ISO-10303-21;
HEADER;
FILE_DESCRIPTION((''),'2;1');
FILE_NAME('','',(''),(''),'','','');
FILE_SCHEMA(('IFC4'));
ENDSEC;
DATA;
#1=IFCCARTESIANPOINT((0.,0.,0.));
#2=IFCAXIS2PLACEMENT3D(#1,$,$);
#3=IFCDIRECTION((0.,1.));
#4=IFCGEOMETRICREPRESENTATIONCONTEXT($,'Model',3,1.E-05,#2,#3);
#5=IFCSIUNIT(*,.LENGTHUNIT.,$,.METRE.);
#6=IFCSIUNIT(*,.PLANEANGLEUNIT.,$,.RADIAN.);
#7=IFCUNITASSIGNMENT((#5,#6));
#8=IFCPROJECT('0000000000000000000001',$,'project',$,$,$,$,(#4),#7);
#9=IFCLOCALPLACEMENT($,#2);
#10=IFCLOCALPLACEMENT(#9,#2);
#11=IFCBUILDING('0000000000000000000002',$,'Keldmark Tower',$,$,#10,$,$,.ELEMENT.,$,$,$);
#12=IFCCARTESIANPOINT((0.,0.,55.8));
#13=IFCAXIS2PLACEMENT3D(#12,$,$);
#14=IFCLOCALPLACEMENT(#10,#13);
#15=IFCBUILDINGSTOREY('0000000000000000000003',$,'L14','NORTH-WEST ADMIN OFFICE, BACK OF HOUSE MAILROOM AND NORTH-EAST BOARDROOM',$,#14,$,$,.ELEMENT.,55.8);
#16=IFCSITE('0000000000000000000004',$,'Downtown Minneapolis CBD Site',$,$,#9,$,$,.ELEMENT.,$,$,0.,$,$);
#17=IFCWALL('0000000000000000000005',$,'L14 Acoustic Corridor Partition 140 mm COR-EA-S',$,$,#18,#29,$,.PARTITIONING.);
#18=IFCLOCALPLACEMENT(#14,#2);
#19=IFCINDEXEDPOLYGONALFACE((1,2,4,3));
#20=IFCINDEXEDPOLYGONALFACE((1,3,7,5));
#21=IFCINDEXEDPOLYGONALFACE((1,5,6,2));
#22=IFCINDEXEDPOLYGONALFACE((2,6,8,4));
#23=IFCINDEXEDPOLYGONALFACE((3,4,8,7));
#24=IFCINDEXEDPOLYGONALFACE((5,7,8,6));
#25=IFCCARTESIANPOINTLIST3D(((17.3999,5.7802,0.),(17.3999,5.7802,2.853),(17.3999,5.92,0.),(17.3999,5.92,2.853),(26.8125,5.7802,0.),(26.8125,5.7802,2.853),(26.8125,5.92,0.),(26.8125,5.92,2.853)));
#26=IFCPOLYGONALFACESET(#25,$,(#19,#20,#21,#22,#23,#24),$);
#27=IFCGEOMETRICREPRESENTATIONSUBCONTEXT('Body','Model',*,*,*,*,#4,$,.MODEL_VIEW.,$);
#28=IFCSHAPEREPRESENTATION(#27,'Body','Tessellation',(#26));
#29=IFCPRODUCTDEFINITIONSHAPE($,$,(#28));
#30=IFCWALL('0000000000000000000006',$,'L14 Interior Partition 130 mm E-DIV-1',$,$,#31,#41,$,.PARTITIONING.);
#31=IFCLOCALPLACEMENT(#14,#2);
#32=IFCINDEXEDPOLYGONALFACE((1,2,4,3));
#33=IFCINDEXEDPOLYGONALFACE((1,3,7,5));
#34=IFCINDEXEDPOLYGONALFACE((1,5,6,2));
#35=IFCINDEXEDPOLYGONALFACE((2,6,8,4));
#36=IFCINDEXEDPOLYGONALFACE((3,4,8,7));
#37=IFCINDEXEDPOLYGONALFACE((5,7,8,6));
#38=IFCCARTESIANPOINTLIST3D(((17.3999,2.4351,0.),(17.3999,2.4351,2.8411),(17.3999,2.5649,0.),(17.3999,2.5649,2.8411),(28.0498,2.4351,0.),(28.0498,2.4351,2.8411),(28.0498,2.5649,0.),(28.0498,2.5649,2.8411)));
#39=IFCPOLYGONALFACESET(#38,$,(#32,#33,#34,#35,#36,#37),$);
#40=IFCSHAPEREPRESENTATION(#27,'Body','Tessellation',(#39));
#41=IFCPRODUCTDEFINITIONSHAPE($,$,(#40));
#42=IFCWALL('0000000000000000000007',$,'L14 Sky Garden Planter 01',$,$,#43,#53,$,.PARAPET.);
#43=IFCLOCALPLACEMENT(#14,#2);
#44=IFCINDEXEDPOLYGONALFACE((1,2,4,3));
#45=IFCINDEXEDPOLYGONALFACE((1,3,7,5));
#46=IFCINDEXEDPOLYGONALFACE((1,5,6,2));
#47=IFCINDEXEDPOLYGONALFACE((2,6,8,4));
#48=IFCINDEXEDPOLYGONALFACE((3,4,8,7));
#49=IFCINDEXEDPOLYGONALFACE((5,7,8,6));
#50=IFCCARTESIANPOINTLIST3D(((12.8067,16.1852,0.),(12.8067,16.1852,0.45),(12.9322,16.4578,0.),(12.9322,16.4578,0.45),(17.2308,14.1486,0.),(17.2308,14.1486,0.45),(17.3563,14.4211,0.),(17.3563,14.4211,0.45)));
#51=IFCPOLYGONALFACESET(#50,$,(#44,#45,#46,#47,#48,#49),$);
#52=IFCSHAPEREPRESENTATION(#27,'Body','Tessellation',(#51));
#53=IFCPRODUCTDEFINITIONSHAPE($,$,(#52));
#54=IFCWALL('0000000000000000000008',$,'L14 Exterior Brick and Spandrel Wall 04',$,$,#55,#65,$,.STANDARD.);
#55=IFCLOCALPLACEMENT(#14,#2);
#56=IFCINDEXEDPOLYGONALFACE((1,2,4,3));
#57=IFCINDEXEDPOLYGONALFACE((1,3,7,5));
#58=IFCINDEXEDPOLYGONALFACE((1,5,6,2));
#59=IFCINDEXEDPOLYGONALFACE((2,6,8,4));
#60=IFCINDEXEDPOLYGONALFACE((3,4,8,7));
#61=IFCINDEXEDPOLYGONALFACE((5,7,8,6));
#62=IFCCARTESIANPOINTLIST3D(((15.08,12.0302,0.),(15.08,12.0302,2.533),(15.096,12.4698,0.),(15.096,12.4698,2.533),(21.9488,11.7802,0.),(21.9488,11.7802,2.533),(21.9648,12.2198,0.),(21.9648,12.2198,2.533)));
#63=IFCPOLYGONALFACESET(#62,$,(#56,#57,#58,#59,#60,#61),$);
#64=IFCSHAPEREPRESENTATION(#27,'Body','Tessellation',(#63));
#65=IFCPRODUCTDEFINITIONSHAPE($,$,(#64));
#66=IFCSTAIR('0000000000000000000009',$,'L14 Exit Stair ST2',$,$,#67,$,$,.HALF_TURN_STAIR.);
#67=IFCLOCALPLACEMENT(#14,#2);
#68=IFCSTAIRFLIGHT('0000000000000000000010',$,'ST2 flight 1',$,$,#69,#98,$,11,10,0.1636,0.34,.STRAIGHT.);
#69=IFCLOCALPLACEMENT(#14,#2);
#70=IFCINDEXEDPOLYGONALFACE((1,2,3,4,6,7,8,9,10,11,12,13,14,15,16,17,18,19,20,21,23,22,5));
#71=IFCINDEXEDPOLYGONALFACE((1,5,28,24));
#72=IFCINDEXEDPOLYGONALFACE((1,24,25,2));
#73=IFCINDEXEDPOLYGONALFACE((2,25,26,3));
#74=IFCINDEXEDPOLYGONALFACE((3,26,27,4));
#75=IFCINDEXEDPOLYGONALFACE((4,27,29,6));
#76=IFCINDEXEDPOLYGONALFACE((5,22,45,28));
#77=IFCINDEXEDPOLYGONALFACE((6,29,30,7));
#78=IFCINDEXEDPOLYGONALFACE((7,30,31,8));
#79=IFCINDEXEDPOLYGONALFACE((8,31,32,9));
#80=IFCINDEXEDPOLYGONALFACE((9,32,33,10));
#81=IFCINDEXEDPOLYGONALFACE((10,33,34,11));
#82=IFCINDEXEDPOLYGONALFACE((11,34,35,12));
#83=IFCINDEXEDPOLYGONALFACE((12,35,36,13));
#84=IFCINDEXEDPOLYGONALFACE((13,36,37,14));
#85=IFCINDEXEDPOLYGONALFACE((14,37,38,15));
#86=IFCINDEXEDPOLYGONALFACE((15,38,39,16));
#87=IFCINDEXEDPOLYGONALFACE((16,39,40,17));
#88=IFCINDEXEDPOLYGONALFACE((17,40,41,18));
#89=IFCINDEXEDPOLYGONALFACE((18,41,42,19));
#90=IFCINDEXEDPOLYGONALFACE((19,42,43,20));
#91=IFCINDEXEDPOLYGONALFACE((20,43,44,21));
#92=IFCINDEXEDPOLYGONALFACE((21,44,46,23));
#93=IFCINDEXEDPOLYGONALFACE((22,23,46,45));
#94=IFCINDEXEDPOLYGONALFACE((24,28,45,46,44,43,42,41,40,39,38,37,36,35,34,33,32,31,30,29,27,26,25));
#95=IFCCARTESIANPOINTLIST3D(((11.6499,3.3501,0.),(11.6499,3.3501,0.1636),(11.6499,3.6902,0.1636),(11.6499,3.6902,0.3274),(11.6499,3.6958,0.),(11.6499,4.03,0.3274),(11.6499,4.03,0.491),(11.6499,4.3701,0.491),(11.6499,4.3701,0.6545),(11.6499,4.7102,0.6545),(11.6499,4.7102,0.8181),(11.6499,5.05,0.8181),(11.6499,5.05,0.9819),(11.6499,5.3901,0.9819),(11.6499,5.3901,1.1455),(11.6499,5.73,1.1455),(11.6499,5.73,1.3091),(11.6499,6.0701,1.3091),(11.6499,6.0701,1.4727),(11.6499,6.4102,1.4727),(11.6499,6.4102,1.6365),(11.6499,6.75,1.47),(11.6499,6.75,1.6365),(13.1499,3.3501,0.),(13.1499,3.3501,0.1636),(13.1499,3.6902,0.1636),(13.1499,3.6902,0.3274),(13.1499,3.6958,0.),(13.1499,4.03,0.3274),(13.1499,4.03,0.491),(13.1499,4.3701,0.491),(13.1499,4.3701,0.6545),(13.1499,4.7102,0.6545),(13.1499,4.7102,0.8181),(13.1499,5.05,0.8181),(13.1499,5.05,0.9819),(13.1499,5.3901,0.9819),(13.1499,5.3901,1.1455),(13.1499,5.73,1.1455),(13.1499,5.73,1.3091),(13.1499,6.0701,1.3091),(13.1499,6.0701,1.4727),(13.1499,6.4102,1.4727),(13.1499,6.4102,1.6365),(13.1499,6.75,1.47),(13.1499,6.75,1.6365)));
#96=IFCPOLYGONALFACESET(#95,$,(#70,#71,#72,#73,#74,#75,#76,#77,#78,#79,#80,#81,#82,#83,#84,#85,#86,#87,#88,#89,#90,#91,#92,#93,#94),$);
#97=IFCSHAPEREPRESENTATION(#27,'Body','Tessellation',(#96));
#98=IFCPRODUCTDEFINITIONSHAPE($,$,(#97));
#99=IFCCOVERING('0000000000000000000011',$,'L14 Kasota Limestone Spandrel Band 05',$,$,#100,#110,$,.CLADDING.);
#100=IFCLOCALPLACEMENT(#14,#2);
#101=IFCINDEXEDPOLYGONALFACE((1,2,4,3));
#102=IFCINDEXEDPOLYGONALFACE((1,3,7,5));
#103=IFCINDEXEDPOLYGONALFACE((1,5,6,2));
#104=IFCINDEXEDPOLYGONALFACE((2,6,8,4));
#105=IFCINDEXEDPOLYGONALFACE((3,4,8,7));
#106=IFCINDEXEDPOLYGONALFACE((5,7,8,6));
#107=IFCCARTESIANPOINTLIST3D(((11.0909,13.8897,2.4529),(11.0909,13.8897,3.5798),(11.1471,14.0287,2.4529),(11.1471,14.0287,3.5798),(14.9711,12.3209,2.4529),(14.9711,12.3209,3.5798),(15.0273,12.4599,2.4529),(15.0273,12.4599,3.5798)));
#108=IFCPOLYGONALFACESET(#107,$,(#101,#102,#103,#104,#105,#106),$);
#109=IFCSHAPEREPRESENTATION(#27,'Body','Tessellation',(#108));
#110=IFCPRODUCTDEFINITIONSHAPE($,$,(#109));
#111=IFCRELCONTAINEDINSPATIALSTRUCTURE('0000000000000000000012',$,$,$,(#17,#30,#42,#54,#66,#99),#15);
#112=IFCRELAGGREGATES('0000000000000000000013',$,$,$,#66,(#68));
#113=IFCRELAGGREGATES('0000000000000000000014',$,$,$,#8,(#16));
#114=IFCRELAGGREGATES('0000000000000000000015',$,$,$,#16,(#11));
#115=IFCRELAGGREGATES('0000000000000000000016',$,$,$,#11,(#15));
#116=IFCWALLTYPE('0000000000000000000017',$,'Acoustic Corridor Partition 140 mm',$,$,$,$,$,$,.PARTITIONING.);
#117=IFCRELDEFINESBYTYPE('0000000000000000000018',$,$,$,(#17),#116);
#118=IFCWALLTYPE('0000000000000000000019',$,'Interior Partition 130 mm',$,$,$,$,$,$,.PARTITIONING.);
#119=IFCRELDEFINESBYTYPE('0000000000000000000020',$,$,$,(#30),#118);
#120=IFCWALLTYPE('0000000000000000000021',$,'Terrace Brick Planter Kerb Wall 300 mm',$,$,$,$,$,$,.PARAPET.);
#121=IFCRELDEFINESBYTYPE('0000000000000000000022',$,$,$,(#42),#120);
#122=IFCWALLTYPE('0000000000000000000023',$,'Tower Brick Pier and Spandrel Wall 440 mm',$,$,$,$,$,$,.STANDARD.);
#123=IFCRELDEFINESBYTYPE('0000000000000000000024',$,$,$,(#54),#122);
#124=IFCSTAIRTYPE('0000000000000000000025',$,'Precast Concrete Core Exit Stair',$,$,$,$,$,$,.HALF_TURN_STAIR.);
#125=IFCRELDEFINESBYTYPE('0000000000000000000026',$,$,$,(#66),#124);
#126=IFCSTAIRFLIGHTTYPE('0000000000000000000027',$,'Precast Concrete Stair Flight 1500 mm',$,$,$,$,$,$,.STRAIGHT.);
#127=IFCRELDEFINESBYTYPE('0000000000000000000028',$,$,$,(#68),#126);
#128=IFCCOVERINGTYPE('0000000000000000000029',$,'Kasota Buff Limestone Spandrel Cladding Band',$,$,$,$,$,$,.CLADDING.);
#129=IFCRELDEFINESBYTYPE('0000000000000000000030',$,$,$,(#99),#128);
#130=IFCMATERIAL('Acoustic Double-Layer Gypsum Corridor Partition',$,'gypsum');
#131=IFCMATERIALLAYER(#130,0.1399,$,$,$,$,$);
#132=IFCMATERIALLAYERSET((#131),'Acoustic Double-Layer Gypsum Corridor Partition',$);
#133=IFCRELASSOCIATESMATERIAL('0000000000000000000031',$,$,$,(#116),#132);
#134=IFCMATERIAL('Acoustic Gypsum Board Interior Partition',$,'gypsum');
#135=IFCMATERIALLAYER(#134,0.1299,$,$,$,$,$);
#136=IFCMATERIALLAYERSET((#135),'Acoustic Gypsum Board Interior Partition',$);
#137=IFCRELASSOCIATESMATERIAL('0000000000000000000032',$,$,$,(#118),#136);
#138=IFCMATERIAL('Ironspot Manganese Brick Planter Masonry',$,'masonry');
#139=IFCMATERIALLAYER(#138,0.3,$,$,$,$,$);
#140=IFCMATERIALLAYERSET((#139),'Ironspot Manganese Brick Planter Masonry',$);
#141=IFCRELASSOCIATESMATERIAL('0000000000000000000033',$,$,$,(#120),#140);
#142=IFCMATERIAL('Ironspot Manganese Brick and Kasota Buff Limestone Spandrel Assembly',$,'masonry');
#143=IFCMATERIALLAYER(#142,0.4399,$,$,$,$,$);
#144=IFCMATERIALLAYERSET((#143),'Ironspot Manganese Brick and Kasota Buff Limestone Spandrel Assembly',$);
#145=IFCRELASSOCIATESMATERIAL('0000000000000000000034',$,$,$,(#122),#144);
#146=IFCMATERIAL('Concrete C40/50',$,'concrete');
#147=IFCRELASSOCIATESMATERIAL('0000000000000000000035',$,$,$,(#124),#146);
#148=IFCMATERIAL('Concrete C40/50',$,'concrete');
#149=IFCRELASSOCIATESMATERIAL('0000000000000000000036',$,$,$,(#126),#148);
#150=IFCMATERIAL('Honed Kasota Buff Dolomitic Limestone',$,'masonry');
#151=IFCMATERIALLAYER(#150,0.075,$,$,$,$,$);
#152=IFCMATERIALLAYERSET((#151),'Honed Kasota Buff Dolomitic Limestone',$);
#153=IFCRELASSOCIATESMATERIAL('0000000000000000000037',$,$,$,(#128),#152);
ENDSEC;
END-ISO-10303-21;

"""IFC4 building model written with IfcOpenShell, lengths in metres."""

from ifc_helpers import new_model, si_unit, direction, frame, frame_2d, origin, origin_2d, place, context, subcontext, project, spatial, polyline, rectangle, outline, extrude, material, layer, layer_set, type_object, element, aggregate, save


model = new_model("IFC4")

# Units and contexts
model_context = context("Model", 3, precision=1e-05, world=origin(), true_north=direction((0.0, 1.0)))
body_context = subcontext(model_context, "Body", "Model", "MODEL_VIEW")
ifc_project = project(units=[si_unit("LENGTHUNIT", "METRE"), si_unit("PLANEANGLEUNIT", "RADIAN")], contexts=[model_context])

# Site, building, storey
site_placement = place(None, origin())
site = spatial("IfcSite", under=ifc_project, at=site_placement, Name="Downtown Minneapolis CBD Site", CompositionType="ELEMENT", RefElevation=0.0)
building_placement = place(site_placement, origin())
building = spatial("IfcBuilding", under=site, at=building_placement, Name="Keldmark Tower", CompositionType="ELEMENT")
storey_placement = place(building_placement, frame((0.0, 0.0, 55.8)))
storey = spatial("IfcBuildingStorey", under=building, at=storey_placement, Name="L14", Description="NORTH-WEST ADMIN OFFICE, BACK OF HOUSE MAILROOM AND NORTH-EAST BOARDROOM", CompositionType="ELEMENT", Elevation=55.8)

# Shared definitions
ifc_material_1 = material(Name="Acoustic Double-Layer Gypsum Corridor Partition", Category="gypsum")
ifc_layer_1 = layer(ifc_material_1, 0.1399)
ifc_layer_set_1 = layer_set([ifc_layer_1], Name="Acoustic Double-Layer Gypsum Corridor Partition")
wall_type_1 = type_object("IfcWallType", Name="Acoustic Corridor Partition 140 mm", PredefinedType="PARTITIONING", material=ifc_layer_set_1)

# Walls
wall_1_placement = place(storey_placement, frame((17.3999, 5.8501, 0.0), z_axis=(0.0, 0.0, 1.0), x_axis=(1.0, 0.0, 0.0)))
element("IfcWall", 1, at=wall_1_placement, inside=storey, type_object=wall_type_1, Name="L14 Acoustic Corridor Partition 140 mm COR-EA-S", PredefinedType="PARTITIONING", context=body_context, shape_type="SweptSolid", body=[
    extrude(rectangle(XDim=9.4126, YDim=0.1399, at=frame_2d((4.7063, 0.0))), origin(), (0.0, 0.0, 1.0), 2.853),
])
ifc_material_2 = material(Name="Acoustic Gypsum Board Interior Partition", Category="gypsum")
ifc_layer_2 = layer(ifc_material_2, 0.1299)
ifc_layer_set_2 = layer_set([ifc_layer_2], Name="Acoustic Gypsum Board Interior Partition")
wall_type_2 = type_object("IfcWallType", Name="Interior Partition 130 mm", PredefinedType="PARTITIONING", material=ifc_layer_set_2)
wall_2_placement = place(storey_placement, frame((17.3999, 2.5, 0.0), z_axis=(0.0, 0.0, 1.0), x_axis=(1.0, 0.0, 0.0)))
element("IfcWall", 2, at=wall_2_placement, inside=storey, type_object=wall_type_2, Name="L14 Interior Partition 130 mm E-DIV-1", PredefinedType="PARTITIONING", context=body_context, shape_type="SweptSolid", body=[
    extrude(rectangle(XDim=10.6499, YDim=0.1299, at=frame_2d((5.325, 0.0))), origin(), (0.0, 0.0, 1.0), 2.8411),
])
ifc_material_3 = material(Name="Ironspot Manganese Brick Planter Masonry", Category="masonry")
ifc_layer_3 = layer(ifc_material_3, 0.3)
ifc_layer_set_3 = layer_set([ifc_layer_3], Name="Ironspot Manganese Brick Planter Masonry")
wall_type_3 = type_object("IfcWallType", Name="Terrace Brick Planter Kerb Wall 300 mm", PredefinedType="PARAPET", material=ifc_layer_set_3)
wall_3_placement = place(storey_placement, frame((17.2935, 14.2849, 0.0), z_axis=(0.0, 0.0, 1.0), x_axis=(-0.90837, 0.418168, 0.0)))
element("IfcWall", 3, at=wall_3_placement, inside=storey, type_object=wall_type_3, Name="L14 Sky Garden Planter 01", PredefinedType="PARAPET", context=body_context, shape_type="SweptSolid", body=[
    extrude(rectangle(XDim=4.8704, YDim=0.3, at=frame_2d((2.4351, 0.0))), origin(), (0.0, 0.0, 1.0), 0.45),
])
ifc_material_4 = material(Name="Ironspot Manganese Brick and Kasota Buff Limestone Spandrel Assembly", Category="masonry")
ifc_layer_4 = layer(ifc_material_4, 0.4399)
ifc_layer_set_4 = layer_set([ifc_layer_4], Name="Ironspot Manganese Brick and Kasota Buff Limestone Spandrel Assembly")
wall_type_4 = type_object("IfcWallType", Name="Tower Brick Pier and Spandrel Wall 440 mm", PredefinedType="STANDARD", material=ifc_layer_set_4)
wall_4_placement = place(storey_placement, frame((15.0881, 12.25, 0.0), z_axis=(0.0, 0.0, 1.0), x_axis=(0.999338, -0.036373, 0.0)))
element("IfcWall", 4, at=wall_4_placement, inside=storey, type_object=wall_type_4, Name="L14 Exterior Brick and Spandrel Wall 04", PredefinedType="STANDARD", context=body_context, shape_type="SweptSolid", body=[
    extrude(rectangle(XDim=6.8733, YDim=0.4399, at=frame_2d((3.4365, 0.0))), origin(), (0.0, 0.0, 1.0), 2.533),
])

# Stair, stair flight
ifc_material_5 = material(Name="Concrete C40/50", Category="concrete")
stair_type = type_object("IfcStairType", Name="Precast Concrete Core Exit Stair", PredefinedType="HALF_TURN_STAIR", material=ifc_material_5)
stair_placement = place(storey_placement, origin())
stair = element("IfcStair", 5, at=stair_placement, inside=storey, type_object=stair_type, Name="L14 Exit Stair ST2", PredefinedType="HALF_TURN_STAIR")
ifc_material_6 = material(Name="Concrete C40/50", Category="concrete")
stair_flight_type = type_object("IfcStairFlightType", Name="Precast Concrete Stair Flight 1500 mm", PredefinedType="STRAIGHT", material=ifc_material_6)
stair_flight_placement = place(storey_placement, frame((12.3999, 3.3501, 0.0), z_axis=(0.0, 0.0, 1.0), x_axis=(0.0, 1.0, 0.0)))
stair_flight = element("IfcStairFlight", 6, at=stair_flight_placement, type_object=stair_flight_type, Name="ST2 flight 1", NumberOfRisers=11, NumberOfTreads=10, PredefinedType="STRAIGHT", RiserHeight=0.1636, TreadLength=0.34, context=body_context, shape_type="SweptSolid", body=[
    extrude(outline(polyline([(0.0, 0.0), (0.0, 0.1636), (0.3401, 0.1636), (0.3401, 0.3274), (0.6799, 0.3274), (0.6799, 0.491), (1.02, 0.491), (1.02, 0.6545), (1.3601, 0.6545), (1.3601, 0.8181), (1.7, 0.8181), (1.7, 0.9819), (2.04, 0.9819), (2.04, 1.1455), (2.3799, 1.1455), (2.3799, 1.3091), (2.72, 1.3091), (2.72, 1.4727), (3.0601, 1.4727), (3.0601, 1.6365), (3.3999, 1.6365), (3.3999, 1.8), (3.3999, 1.47), (0.3457, 0.0), (0.0, 0.0)])), frame((0.0, 0.75, 0.0), z_axis=(0.0, -1.0, 0.0), x_axis=(1.0, 0.0, 0.0)), (0.0, 0.0, 1.0), 1.5),
])
aggregate(stair, [stair_flight])

# Covering
ifc_material_7 = material(Name="Honed Kasota Buff Dolomitic Limestone", Category="masonry")
ifc_layer_5 = layer(ifc_material_7, 0.075)
ifc_layer_set_5 = layer_set([ifc_layer_5], Name="Honed Kasota Buff Dolomitic Limestone")
covering_type = type_object("IfcCoveringType", Name="Kasota Buff Limestone Spandrel Cladding Band", PredefinedType="CLADDING", material=ifc_layer_set_5)
covering_placement = place(storey_placement, frame((13.0591, 13.1748, 2.4529), z_axis=(0.0, 0.0, 1.0), x_axis=(-0.927092, 0.374833, 0.0)))
element("IfcCovering", 7, at=covering_placement, inside=storey, type_object=covering_type, Name="L14 Kasota Limestone Spandrel Band 05", PredefinedType="CLADDING", context=body_context, shape_type="SweptSolid", body=[
    extrude(rectangle(XDim=4.1853, YDim=0.1499, at=origin_2d()), origin(), (0.0, 0.0, 1.0), 1.127),
])

save(model, "model.ifc")
